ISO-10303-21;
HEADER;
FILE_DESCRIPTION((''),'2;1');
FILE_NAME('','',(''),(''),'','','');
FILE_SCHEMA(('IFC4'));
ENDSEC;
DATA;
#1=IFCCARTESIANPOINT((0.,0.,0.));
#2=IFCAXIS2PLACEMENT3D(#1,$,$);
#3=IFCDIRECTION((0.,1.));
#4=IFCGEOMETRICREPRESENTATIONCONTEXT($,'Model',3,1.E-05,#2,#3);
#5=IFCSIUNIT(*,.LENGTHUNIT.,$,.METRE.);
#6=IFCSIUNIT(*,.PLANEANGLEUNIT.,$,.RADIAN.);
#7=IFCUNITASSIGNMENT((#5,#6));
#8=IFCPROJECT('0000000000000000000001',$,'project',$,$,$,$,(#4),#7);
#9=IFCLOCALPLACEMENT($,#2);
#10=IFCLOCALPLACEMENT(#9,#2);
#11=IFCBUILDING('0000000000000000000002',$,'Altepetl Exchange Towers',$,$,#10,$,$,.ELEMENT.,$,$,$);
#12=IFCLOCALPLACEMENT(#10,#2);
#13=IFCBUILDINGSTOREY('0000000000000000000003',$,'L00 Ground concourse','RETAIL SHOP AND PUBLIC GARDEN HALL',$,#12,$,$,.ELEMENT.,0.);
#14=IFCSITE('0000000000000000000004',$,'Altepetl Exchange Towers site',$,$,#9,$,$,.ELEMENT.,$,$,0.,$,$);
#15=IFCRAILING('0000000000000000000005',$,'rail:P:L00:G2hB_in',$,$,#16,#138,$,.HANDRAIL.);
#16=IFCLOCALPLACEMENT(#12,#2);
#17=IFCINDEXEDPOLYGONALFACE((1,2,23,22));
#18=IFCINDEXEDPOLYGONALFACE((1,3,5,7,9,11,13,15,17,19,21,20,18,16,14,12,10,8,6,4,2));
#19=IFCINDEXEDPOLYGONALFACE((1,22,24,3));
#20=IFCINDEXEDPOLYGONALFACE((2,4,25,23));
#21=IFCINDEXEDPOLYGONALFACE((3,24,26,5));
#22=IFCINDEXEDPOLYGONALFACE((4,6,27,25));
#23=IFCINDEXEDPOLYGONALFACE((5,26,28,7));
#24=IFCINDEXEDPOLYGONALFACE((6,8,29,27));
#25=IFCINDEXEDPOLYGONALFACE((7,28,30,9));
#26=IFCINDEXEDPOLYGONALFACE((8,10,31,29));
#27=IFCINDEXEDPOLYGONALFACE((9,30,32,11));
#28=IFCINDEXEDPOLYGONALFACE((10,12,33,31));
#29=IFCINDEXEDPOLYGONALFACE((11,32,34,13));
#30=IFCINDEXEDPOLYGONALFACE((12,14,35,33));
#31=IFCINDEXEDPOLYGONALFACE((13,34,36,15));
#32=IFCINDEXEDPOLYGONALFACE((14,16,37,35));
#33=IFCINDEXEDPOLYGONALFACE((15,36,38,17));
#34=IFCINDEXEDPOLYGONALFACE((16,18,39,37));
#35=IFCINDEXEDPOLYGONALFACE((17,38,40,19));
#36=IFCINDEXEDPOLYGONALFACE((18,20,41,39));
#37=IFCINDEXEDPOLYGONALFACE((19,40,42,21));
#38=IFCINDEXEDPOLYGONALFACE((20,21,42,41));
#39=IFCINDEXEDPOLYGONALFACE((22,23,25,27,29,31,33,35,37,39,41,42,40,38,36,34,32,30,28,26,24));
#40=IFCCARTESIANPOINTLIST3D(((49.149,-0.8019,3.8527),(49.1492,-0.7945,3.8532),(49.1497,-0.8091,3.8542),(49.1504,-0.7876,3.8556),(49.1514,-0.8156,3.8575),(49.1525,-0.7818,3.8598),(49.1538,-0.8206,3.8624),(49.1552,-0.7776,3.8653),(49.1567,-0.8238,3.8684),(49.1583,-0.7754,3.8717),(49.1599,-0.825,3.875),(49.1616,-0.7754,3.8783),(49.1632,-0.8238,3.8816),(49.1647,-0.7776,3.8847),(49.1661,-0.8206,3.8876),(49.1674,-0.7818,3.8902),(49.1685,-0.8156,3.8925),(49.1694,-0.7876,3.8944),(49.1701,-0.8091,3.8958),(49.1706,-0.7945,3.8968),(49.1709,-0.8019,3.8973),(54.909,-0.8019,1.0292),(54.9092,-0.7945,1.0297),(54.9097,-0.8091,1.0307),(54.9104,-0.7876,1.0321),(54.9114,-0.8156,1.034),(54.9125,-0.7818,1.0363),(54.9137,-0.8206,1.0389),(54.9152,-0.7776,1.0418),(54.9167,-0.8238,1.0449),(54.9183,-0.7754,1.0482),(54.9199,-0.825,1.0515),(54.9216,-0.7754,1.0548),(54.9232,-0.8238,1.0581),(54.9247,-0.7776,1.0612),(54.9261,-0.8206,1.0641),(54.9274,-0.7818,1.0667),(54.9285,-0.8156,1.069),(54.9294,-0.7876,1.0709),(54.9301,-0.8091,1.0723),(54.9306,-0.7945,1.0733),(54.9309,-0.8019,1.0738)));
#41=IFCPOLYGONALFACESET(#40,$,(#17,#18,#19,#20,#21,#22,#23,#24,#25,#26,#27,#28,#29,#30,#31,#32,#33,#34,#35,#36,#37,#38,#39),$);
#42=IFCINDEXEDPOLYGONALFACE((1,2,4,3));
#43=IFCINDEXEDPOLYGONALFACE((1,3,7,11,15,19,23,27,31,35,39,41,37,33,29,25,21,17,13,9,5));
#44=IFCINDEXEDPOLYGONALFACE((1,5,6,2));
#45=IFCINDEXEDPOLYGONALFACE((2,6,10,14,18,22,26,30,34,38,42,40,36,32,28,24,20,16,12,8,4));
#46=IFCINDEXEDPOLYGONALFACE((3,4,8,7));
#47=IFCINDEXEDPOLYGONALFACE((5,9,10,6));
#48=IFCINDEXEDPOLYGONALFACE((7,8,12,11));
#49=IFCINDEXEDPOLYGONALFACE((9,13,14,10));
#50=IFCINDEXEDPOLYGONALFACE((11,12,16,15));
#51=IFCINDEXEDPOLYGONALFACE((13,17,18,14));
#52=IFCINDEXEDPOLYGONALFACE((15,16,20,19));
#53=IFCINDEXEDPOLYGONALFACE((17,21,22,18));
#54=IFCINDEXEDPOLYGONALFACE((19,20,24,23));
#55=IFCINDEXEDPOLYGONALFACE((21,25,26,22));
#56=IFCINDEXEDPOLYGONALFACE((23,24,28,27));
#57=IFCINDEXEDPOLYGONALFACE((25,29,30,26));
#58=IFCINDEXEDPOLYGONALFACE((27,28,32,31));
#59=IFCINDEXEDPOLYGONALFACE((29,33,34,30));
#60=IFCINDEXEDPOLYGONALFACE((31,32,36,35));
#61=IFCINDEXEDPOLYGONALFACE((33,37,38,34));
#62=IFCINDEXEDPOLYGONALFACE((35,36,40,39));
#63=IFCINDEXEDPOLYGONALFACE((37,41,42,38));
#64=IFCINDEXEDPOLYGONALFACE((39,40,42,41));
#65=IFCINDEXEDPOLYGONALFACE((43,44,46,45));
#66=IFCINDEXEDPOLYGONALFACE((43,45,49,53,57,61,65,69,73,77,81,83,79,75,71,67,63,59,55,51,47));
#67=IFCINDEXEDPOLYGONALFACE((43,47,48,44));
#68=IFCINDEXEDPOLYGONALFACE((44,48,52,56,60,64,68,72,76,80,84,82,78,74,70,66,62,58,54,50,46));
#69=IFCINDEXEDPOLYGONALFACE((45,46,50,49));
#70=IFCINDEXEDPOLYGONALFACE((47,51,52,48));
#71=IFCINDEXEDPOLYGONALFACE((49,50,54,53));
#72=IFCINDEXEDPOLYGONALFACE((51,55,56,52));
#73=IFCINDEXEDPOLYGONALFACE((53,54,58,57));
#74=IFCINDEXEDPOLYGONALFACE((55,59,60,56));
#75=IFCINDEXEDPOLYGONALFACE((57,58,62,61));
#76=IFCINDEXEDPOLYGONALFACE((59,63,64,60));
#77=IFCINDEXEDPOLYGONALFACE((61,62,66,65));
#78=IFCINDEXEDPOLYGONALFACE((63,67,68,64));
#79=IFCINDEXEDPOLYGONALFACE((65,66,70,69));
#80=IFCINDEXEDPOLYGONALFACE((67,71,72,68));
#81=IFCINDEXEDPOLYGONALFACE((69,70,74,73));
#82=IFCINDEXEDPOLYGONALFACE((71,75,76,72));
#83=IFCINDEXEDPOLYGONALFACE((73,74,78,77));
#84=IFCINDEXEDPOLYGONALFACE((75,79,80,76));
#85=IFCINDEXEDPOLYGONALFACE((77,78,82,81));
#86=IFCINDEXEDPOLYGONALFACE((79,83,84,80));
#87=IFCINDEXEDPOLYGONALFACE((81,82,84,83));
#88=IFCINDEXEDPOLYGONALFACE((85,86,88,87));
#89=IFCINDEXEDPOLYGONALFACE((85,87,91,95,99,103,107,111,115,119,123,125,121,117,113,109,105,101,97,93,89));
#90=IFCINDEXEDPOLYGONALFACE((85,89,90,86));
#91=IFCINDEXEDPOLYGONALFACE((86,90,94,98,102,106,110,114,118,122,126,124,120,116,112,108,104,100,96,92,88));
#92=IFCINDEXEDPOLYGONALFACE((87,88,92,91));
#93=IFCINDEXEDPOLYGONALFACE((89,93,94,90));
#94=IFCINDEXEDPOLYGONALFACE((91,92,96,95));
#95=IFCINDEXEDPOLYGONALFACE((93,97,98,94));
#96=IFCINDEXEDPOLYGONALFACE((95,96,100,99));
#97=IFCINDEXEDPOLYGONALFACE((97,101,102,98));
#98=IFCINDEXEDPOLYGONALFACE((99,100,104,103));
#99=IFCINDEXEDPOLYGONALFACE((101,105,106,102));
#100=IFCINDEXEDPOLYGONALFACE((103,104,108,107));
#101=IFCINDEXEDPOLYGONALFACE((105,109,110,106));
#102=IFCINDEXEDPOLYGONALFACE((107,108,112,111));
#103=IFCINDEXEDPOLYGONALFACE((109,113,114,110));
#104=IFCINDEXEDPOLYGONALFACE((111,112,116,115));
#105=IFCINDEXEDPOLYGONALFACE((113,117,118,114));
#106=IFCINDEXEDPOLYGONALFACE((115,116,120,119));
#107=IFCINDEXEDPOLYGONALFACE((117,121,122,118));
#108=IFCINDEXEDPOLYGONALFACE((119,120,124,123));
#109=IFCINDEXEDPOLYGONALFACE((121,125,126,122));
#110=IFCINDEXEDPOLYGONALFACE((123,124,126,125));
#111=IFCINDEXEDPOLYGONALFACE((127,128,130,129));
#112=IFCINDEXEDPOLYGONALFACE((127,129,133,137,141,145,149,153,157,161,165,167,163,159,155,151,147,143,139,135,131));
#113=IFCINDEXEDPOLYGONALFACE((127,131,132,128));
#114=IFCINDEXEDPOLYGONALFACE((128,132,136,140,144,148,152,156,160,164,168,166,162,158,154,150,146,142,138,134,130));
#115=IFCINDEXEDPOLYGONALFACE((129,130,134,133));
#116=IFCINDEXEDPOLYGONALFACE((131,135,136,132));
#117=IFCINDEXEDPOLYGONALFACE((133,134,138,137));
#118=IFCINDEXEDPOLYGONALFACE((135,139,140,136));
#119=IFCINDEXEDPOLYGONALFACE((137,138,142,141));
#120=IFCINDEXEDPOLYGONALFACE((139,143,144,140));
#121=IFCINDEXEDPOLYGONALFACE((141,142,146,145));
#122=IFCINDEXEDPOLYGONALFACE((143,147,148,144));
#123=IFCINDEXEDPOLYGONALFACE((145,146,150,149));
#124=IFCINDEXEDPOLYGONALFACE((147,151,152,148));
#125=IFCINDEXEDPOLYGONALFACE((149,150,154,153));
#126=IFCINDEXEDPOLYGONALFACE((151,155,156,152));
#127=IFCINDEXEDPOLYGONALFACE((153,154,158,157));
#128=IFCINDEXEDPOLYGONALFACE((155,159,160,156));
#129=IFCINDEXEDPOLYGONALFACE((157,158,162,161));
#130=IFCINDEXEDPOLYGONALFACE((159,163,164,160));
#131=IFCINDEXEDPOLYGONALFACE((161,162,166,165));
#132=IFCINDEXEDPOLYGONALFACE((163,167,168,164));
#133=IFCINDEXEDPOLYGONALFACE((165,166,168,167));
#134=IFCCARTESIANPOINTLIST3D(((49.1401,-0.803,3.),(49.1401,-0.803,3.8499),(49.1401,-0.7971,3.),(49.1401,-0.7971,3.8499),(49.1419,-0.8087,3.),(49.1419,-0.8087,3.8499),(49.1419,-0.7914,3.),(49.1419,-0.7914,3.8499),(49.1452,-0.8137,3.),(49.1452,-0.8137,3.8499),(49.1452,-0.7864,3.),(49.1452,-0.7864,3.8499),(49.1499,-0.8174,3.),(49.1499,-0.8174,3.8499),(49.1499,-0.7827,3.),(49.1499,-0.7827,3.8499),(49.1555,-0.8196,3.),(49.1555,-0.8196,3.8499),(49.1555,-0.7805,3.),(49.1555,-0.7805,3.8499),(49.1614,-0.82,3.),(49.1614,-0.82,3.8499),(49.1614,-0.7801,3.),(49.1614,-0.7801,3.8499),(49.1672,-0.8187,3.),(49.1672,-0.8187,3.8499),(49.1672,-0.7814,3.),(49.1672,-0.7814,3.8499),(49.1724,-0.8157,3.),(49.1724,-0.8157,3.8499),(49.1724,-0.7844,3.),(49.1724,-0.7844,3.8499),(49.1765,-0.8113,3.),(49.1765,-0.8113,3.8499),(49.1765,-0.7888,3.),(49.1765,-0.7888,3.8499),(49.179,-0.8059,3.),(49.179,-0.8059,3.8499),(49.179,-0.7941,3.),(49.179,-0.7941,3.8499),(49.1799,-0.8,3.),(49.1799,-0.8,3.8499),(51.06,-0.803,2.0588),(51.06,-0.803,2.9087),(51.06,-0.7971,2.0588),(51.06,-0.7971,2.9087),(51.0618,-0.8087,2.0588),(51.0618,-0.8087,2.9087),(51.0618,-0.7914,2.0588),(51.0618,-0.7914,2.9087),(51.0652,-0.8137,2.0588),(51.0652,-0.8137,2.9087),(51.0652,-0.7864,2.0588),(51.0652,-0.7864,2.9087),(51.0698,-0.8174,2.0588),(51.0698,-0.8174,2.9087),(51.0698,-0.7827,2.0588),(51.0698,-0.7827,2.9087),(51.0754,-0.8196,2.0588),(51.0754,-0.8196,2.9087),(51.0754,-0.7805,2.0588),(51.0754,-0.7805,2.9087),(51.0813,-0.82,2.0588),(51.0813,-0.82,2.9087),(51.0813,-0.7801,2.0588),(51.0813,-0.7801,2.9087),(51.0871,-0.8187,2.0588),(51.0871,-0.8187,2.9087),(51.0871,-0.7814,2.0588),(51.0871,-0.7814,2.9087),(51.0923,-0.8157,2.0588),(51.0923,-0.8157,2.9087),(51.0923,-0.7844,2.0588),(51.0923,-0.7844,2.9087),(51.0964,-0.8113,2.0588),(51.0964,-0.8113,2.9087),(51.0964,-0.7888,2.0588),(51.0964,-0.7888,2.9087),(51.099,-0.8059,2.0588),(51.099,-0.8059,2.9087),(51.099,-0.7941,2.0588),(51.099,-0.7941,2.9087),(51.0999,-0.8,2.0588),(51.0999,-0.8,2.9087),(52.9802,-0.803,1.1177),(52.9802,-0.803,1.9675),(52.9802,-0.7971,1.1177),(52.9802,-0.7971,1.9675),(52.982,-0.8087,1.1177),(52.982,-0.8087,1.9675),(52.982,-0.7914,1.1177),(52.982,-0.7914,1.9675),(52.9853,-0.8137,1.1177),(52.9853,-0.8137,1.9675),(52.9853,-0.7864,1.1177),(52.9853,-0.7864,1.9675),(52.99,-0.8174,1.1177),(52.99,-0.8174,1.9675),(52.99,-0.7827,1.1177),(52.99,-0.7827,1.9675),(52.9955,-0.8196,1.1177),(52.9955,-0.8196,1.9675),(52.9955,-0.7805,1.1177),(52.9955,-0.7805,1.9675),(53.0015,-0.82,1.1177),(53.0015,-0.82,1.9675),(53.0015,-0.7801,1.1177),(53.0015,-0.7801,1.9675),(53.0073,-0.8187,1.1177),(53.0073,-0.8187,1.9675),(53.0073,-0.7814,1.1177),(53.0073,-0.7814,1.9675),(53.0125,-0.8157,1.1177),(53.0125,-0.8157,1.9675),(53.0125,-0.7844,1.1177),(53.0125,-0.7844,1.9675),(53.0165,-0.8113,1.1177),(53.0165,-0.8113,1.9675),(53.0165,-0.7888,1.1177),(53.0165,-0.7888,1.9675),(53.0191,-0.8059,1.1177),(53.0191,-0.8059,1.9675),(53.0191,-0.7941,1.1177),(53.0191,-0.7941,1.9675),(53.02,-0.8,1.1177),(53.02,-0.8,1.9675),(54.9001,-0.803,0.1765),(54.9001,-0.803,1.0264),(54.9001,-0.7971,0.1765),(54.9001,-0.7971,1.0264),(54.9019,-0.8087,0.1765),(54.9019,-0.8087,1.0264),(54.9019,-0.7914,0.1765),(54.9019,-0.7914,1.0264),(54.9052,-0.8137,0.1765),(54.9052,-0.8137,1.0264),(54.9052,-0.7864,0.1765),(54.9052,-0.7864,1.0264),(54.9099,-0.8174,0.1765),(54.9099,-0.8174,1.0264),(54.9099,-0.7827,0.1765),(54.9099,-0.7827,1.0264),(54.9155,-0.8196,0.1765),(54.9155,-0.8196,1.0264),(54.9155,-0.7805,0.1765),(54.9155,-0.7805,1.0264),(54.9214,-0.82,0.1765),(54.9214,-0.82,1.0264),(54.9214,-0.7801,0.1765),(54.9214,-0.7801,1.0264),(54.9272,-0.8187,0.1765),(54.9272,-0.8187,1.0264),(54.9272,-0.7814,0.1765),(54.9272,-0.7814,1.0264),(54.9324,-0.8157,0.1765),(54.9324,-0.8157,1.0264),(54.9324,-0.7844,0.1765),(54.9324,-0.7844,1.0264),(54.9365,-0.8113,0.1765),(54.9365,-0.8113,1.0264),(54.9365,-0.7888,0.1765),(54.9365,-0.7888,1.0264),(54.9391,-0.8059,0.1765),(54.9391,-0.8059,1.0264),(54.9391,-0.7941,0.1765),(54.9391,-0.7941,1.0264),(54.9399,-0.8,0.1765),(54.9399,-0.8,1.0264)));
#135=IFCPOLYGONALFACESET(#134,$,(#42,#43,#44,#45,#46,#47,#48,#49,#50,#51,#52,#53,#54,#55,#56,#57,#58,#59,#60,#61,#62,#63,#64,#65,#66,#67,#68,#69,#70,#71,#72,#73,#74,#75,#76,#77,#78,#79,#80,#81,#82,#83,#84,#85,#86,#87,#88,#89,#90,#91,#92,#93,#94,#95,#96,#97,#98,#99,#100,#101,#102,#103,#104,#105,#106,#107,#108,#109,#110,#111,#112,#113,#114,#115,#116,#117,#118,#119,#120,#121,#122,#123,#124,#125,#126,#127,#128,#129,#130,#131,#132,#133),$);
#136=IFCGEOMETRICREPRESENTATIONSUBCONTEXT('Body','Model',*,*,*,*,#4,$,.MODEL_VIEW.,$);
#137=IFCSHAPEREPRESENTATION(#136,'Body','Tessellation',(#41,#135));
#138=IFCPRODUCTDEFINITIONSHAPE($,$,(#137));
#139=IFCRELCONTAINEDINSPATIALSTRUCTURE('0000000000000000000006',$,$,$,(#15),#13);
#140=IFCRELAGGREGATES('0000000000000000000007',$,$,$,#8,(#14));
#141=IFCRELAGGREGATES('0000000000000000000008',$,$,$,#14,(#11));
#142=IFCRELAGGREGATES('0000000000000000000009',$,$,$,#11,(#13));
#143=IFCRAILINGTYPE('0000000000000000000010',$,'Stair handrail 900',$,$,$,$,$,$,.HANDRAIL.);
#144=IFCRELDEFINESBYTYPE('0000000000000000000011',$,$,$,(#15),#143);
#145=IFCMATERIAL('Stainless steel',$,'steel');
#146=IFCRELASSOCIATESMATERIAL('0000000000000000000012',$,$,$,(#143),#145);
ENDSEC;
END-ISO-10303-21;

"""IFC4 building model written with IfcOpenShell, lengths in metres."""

from ifc_helpers import new_model, si_unit, direction, frame, origin, origin_2d, place, context, subcontext, project, spatial, circle, extrude, source, transform, mapped, material, type_object, element, save


model = new_model("IFC4")

# Units and contexts
model_context = context("Model", 3, precision=1e-05, world=origin(), true_north=direction((0.0, 1.0)))
body_context = subcontext(model_context, "Body", "Model", "MODEL_VIEW")
ifc_project = project(units=[si_unit("LENGTHUNIT", "METRE"), si_unit("PLANEANGLEUNIT", "RADIAN")], contexts=[model_context])

# Site, building, storey
site_placement = place(None, origin())
site = spatial("IfcSite", under=ifc_project, at=site_placement, Name="Altepetl Exchange Towers site", CompositionType="ELEMENT", RefElevation=0.0)
building_placement = place(site_placement, origin())
building = spatial("IfcBuilding", under=site, at=building_placement, Name="Altepetl Exchange Towers", CompositionType="ELEMENT")
storey_placement = place(building_placement, origin())
storey = spatial("IfcBuildingStorey", under=building, at=storey_placement, Name="L00 Ground concourse", Description="RETAIL SHOP AND PUBLIC GARDEN HALL", CompositionType="ELEMENT", Elevation=0.0)

# Railing
ifc_material_1 = material(Name="Stainless steel", Category="steel")
railing_type_1 = type_object("IfcRailingType", Name="Stair handrail 900", PredefinedType="HANDRAIL", material=ifc_material_1)
shared_shape_1 = source(origin(), body_context, "Body", "SweptSolid", [
    extrude(circle(Radius=0.02, at=origin_2d()), origin(), (0.0, 0.0, 1.0), 0.8499),
])
for number, where, name in (
    (1, (54.9199, -0.8, 0.1765), "rail:P:L00:G2hB_in"),
):
    element("IfcRailing", number, at=place(storey_placement, frame(where)), inside=storey, type_object=railing_type_1, Name=name, PredefinedType="HANDRAIL", context=body_context, shape_type="SweptSolid", body=[
        extrude(circle(Radius=0.0249, at=origin_2d()), frame((0.0, 0.0, 0.875), z_axis=(-0.897924, 0.0, 0.440151), x_axis=(0.0, -1.0, 0.0)), (0.0, 0.0, 1.0), 6.4148),
        mapped(shared_shape_1, transform((0.0, 0.0, 0.0))),
        mapped(shared_shape_1, transform((-1.9199, 0.0, 0.9412))),
        mapped(shared_shape_1, transform((-3.8401, 0.0, 1.8823))),
        mapped(shared_shape_1, transform((-5.76, 0.0, 2.8235))),
    ])

save(model, "model.ifc")
